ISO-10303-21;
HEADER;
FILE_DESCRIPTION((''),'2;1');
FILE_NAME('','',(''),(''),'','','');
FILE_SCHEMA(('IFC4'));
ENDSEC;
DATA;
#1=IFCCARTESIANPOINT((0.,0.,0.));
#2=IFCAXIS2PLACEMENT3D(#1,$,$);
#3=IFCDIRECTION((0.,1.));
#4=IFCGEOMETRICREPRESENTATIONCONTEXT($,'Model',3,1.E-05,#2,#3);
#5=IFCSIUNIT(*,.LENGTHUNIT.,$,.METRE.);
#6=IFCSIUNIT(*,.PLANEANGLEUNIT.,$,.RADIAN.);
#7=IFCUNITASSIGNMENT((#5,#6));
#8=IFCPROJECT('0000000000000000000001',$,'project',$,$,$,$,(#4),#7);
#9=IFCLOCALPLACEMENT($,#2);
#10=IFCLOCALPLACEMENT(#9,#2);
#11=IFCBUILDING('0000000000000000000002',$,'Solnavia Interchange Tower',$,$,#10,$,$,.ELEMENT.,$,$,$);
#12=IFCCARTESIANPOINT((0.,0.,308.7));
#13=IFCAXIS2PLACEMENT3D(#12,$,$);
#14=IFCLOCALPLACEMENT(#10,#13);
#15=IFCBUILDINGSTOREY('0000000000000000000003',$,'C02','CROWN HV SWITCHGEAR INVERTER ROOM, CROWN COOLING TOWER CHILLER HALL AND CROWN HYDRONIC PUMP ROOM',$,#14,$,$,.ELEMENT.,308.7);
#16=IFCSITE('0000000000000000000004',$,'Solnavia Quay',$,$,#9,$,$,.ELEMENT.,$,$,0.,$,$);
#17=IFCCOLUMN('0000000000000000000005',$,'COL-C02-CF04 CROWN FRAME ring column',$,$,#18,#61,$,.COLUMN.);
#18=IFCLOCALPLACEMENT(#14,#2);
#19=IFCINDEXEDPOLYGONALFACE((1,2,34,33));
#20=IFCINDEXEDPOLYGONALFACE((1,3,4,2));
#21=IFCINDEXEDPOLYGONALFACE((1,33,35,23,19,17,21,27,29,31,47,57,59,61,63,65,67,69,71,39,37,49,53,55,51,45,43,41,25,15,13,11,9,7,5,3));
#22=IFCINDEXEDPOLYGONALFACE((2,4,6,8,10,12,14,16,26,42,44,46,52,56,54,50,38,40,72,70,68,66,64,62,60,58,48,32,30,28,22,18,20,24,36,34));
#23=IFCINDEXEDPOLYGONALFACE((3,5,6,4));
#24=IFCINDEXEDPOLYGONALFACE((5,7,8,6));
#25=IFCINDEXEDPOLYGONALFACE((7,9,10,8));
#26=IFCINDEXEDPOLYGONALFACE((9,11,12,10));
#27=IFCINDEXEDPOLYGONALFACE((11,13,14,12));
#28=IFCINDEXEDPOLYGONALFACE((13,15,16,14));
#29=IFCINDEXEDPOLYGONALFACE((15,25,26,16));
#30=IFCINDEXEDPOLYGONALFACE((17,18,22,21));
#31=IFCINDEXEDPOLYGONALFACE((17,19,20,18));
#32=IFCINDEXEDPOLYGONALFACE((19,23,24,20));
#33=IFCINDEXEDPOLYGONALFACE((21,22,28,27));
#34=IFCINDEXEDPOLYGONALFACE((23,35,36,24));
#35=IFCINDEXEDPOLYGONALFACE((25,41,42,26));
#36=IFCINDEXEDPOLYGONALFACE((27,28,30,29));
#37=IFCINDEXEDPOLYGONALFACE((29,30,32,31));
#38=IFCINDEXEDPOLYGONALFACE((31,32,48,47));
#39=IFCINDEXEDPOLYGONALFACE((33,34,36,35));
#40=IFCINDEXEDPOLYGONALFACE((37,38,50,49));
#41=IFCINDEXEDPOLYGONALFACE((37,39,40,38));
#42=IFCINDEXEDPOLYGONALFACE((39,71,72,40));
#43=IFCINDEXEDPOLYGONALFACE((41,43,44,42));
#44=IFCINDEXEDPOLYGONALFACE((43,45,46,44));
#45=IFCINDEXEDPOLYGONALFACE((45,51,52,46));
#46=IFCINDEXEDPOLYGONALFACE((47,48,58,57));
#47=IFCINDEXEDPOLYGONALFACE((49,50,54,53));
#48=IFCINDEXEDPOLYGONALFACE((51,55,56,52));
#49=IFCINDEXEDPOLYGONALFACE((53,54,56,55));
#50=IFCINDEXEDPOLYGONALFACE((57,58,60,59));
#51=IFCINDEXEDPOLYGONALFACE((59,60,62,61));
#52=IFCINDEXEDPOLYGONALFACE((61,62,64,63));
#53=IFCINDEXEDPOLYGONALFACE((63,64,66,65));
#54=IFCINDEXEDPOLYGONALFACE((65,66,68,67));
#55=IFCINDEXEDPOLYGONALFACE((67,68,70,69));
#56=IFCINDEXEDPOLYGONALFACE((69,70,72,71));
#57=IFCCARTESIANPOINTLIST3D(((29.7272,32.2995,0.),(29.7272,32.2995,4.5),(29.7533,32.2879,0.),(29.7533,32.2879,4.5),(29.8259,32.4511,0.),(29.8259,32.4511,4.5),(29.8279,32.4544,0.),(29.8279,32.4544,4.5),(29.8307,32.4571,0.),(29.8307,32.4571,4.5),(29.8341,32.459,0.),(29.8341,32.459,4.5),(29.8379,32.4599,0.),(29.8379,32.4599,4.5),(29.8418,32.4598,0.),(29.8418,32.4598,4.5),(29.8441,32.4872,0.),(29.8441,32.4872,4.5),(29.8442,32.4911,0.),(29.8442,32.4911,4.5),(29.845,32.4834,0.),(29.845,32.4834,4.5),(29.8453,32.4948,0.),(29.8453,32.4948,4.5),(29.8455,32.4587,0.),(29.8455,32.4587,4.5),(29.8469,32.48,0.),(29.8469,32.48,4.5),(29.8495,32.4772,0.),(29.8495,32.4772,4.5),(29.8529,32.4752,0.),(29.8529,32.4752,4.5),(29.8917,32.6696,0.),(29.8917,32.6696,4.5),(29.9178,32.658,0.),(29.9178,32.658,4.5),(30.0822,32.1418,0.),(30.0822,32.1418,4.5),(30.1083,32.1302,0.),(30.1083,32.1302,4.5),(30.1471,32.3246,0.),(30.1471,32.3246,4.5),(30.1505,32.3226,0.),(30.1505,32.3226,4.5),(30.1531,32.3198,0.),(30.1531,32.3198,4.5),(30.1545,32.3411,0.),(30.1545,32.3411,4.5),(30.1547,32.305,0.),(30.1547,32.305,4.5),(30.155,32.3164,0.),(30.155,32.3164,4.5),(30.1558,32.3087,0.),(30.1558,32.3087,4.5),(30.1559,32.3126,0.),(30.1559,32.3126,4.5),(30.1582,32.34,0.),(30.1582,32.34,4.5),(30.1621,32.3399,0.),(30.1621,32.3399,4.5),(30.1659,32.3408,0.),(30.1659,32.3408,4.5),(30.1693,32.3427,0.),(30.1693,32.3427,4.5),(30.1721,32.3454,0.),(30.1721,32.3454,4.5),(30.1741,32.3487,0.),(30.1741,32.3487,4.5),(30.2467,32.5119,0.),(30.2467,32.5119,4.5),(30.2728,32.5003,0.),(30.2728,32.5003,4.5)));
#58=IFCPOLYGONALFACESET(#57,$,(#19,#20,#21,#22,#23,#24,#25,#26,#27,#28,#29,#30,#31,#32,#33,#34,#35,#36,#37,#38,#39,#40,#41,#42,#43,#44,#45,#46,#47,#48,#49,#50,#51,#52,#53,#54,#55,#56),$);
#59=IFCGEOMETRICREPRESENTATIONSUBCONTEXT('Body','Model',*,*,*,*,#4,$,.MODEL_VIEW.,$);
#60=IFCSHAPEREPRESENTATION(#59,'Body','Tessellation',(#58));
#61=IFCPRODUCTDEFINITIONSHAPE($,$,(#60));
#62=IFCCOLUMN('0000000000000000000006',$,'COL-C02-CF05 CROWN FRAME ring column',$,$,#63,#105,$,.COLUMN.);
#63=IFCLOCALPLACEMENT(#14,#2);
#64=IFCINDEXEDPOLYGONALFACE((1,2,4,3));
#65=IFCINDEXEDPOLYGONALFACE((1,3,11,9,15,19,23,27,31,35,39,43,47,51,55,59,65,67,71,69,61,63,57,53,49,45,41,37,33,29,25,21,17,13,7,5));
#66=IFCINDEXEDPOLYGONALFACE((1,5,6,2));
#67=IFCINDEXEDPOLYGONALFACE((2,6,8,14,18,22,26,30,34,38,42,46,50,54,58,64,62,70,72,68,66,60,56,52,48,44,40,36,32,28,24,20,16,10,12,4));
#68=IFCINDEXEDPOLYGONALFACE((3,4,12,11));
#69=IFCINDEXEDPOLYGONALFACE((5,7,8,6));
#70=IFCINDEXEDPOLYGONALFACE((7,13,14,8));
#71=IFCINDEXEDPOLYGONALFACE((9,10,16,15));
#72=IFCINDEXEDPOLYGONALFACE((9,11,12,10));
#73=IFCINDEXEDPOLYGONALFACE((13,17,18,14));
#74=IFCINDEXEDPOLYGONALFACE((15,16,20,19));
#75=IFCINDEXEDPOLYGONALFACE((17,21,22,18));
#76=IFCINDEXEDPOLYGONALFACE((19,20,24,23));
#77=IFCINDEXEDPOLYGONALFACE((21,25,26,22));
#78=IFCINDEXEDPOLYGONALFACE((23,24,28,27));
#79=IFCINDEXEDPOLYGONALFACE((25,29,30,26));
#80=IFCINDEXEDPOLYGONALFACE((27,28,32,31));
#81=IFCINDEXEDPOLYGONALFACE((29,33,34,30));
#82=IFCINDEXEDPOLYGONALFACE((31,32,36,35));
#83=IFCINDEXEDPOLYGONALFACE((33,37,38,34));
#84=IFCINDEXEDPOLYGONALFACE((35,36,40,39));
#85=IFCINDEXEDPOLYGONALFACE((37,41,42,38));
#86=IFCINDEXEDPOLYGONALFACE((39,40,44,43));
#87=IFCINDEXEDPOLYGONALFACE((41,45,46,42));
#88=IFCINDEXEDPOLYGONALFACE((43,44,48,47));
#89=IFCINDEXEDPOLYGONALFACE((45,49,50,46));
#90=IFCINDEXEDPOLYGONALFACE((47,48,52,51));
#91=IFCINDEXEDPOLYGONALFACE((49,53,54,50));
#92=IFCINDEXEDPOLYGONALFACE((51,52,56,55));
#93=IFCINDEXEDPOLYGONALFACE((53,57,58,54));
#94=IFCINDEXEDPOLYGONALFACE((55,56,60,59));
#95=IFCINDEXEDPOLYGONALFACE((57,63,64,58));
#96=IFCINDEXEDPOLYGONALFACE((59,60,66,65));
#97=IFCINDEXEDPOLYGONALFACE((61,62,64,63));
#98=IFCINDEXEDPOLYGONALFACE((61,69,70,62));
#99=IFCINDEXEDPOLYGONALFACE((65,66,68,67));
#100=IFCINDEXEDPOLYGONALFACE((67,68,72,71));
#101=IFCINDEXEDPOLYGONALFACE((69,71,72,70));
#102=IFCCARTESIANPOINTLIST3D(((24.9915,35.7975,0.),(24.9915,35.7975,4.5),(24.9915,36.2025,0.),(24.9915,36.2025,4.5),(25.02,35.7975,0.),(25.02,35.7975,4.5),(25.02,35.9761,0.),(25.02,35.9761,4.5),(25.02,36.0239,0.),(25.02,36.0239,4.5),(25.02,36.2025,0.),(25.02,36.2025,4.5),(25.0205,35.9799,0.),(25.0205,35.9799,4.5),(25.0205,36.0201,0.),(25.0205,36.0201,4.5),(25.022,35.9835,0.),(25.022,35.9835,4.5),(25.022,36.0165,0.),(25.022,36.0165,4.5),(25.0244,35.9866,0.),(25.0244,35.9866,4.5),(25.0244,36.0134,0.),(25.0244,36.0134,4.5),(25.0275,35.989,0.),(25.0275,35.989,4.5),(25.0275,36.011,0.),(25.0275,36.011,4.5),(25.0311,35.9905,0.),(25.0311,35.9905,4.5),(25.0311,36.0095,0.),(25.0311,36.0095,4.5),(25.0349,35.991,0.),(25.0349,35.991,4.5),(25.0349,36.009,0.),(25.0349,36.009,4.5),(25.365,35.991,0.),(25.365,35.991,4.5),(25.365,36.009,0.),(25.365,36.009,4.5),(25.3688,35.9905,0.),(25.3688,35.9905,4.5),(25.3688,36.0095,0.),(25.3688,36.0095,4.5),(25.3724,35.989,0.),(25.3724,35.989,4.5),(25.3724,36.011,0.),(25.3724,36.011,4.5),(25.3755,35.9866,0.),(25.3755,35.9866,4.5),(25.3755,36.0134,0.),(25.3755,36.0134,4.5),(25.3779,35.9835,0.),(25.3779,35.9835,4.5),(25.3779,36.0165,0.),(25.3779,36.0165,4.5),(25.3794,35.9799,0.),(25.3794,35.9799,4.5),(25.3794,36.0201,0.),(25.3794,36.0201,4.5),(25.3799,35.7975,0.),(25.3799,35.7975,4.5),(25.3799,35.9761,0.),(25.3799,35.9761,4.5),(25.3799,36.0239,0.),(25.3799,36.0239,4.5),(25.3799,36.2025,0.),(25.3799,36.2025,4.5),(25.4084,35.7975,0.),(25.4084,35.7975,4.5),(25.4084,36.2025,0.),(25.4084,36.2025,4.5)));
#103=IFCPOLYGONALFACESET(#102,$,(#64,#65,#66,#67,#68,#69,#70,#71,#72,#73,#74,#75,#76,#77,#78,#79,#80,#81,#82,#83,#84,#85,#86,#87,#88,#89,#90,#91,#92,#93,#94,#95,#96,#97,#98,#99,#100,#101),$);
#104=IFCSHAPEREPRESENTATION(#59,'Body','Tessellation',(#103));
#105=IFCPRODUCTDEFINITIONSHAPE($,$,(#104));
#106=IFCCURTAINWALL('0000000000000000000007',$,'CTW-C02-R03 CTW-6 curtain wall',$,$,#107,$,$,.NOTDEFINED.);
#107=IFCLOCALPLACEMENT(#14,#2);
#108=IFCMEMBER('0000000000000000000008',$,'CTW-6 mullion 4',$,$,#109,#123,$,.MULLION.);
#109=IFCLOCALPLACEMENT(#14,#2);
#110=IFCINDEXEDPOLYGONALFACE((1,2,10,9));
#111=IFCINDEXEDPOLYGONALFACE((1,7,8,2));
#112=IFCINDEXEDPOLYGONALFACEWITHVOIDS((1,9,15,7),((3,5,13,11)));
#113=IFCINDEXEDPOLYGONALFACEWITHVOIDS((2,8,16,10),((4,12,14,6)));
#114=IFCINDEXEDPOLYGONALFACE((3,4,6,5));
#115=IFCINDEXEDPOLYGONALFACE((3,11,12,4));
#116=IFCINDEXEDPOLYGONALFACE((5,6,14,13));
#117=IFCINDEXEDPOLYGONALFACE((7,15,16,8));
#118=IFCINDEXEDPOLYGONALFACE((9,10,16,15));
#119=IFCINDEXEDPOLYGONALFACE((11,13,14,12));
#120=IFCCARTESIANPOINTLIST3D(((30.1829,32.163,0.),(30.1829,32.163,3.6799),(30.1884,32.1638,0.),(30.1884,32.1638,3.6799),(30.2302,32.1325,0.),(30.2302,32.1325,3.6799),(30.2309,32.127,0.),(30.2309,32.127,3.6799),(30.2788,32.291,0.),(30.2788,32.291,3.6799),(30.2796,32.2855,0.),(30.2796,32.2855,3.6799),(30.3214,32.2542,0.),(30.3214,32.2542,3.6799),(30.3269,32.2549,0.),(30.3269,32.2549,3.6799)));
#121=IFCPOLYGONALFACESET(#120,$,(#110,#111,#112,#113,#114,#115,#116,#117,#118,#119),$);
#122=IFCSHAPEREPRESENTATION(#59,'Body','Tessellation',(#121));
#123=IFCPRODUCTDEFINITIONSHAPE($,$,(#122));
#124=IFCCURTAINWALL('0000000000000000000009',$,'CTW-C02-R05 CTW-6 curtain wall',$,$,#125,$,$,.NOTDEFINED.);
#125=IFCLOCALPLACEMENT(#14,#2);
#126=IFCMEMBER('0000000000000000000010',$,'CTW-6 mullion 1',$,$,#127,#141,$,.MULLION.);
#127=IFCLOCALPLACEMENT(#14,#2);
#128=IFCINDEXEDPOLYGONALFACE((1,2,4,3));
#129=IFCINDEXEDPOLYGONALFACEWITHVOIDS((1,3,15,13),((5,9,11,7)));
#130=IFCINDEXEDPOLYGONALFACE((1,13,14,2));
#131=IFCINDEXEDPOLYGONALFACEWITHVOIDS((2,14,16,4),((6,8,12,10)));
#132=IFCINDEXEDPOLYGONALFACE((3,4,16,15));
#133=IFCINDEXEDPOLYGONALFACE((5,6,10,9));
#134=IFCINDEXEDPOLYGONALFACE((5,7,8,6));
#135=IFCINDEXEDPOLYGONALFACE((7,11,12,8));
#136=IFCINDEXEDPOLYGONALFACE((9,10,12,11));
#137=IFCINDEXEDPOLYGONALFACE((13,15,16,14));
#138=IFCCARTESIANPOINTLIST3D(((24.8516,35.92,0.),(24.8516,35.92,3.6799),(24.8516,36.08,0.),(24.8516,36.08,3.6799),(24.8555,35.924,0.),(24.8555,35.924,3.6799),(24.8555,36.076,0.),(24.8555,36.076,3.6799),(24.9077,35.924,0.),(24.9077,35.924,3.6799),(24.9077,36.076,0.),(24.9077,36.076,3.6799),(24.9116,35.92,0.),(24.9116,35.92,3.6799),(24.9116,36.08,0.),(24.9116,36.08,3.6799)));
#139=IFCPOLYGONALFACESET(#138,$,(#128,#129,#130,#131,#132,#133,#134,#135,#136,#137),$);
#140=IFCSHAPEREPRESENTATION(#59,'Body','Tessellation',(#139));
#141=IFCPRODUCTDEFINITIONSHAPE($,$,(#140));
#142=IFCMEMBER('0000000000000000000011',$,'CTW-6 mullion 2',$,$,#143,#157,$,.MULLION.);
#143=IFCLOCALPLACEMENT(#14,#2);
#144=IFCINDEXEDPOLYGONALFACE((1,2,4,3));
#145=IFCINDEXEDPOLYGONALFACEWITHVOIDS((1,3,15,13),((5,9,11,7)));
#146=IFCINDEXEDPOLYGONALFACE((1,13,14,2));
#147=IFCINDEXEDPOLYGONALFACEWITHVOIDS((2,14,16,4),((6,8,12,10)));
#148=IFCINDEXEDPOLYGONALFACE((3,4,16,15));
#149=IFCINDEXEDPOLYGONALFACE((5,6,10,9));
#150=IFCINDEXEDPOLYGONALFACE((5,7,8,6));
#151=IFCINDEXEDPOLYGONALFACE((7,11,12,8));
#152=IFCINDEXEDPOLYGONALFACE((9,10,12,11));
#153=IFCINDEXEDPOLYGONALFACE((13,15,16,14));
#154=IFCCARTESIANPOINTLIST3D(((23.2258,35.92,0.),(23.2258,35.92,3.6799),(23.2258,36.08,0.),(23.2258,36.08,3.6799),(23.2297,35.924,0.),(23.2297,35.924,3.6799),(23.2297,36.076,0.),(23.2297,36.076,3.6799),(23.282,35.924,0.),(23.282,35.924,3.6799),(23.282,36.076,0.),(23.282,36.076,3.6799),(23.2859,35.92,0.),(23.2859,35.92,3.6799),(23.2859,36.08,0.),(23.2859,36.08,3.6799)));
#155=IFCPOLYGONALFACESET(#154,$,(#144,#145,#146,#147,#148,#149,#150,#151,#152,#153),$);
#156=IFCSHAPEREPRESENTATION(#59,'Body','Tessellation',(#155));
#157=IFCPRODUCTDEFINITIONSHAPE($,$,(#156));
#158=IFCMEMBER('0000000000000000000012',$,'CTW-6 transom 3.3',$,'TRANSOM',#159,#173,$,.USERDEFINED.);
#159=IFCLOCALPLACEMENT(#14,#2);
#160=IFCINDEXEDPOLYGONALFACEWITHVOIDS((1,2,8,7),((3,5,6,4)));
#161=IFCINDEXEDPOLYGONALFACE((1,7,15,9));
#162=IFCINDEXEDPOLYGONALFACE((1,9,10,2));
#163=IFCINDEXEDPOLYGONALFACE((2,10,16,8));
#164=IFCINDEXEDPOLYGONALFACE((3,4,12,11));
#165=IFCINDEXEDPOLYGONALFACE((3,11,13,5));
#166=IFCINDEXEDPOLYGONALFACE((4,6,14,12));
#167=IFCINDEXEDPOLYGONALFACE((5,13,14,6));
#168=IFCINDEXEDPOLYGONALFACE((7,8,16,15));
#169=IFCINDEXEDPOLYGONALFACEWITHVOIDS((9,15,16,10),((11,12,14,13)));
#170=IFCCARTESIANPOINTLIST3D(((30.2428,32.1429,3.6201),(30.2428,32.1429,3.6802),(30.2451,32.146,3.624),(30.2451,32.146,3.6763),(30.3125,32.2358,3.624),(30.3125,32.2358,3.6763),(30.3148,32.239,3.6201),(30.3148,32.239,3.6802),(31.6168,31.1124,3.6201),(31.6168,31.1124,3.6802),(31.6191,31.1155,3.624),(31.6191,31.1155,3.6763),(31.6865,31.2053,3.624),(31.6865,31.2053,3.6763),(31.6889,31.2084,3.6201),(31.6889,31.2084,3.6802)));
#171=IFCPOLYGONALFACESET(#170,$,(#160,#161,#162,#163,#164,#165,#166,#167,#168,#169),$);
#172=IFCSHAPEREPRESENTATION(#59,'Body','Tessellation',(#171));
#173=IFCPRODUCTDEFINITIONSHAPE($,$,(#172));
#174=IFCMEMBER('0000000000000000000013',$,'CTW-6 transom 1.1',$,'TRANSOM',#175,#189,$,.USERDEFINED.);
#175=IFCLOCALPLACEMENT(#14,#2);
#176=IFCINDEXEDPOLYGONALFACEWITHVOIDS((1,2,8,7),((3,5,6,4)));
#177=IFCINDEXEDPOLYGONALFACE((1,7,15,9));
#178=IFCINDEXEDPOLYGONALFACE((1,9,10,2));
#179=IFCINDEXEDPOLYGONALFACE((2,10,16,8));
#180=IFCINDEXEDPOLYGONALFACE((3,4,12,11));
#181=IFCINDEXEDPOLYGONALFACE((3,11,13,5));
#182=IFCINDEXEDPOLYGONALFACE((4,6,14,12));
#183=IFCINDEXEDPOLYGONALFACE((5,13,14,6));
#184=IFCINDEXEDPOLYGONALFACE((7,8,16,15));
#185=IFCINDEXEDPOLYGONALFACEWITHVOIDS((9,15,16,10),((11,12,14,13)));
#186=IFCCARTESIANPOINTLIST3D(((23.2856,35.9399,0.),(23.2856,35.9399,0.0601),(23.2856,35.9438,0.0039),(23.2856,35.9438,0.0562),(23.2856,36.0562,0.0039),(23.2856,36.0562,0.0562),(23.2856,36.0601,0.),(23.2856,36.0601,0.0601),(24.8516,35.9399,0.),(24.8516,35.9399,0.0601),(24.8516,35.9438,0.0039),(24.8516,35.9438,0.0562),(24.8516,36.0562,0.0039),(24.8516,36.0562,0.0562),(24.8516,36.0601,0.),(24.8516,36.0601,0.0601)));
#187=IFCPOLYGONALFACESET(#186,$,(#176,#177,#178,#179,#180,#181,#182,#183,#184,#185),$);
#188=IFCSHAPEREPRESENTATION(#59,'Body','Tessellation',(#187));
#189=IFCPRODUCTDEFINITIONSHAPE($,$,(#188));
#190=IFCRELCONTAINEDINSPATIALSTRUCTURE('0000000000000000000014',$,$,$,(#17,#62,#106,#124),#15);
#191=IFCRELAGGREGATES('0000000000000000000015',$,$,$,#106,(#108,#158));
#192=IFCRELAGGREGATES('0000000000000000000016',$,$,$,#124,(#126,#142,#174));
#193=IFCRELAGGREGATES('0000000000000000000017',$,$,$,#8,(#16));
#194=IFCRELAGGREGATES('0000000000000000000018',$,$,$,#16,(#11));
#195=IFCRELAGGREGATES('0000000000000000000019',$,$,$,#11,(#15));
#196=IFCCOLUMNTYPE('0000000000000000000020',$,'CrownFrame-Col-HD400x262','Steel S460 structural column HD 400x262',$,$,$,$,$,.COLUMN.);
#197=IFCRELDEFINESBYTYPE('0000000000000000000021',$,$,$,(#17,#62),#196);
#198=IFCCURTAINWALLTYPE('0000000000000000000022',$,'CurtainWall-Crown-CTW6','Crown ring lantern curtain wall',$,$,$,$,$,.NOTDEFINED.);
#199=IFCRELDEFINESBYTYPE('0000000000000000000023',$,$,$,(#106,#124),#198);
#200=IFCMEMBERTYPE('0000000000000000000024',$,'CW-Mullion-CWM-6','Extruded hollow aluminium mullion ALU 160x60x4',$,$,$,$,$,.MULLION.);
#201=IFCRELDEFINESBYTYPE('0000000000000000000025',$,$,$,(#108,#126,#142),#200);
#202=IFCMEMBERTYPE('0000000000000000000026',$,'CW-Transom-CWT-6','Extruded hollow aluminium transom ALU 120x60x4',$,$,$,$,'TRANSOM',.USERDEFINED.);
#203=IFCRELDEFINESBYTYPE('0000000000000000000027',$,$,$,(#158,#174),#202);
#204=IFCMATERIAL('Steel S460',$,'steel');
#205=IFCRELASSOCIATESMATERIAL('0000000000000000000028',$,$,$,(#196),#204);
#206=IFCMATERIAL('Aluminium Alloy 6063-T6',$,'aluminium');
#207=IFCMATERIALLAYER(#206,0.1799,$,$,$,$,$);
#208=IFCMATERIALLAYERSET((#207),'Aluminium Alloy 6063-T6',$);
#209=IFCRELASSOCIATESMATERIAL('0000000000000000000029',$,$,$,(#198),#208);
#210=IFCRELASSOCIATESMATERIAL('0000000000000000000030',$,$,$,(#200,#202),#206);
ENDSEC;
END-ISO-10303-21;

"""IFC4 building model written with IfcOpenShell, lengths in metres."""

from ifc_helpers import new_model, si_unit, direction, frame, origin, origin_2d, place, context, subcontext, project, spatial, hollow_rectangle, i_section, extrude, material, layer, layer_set, material_profile, profile_set, type_object, element, aggregate, save


model = new_model("IFC4")

# Units and contexts
model_context = context("Model", 3, precision=1e-05, world=origin(), true_north=direction((0.0, 1.0)))
body_context = subcontext(model_context, "Body", "Model", "MODEL_VIEW")
ifc_project = project(units=[si_unit("LENGTHUNIT", "METRE"), si_unit("PLANEANGLEUNIT", "RADIAN")], contexts=[model_context])

# Site, building, storey
site_placement = place(None, origin())
site = spatial("IfcSite", under=ifc_project, at=site_placement, Name="Solnavia Quay", CompositionType="ELEMENT", RefElevation=0.0)
building_placement = place(site_placement, origin())
building = spatial("IfcBuilding", under=site, at=building_placement, Name="Solnavia Interchange Tower", CompositionType="ELEMENT")
storey_placement = place(building_placement, frame((0.0, 0.0, 308.7)))
storey = spatial("IfcBuildingStorey", under=building, at=storey_placement, Name="C02", Description="CROWN HV SWITCHGEAR INVERTER ROOM, CROWN COOLING TOWER CHILLER HALL AND CROWN HYDRONIC PUMP ROOM", CompositionType="ELEMENT", Elevation=308.7)

# Columns
ifc_material_1 = material(Name="Steel S460", Category="steel")
ifc_material_profile_1 = material_profile(ifc_material_1, i_section(OverallWidth=0.405, OverallDepth=0.417, WebThickness=0.0181, FlangeThickness=0.0286, FilletRadius=0.0149, at=origin_2d()), Name="HD 400x262")
ifc_profile_set_1 = profile_set([ifc_material_profile_1], Name="Steel S460")
column_type = type_object("IfcColumnType", Name="CrownFrame-Col-HD400x262", Description="Steel S460 structural column HD 400x262", PredefinedType="COLUMN", material=ifc_profile_set_1)
for number, where, z_axis, x_axis, name in (
    (1, (30.0, 32.3999, 0.0), (0.0, 0.0, 1.0), (0.406099, 0.913829, 0.0), "COL-C02-CF04 CROWN FRAME ring column"),
    (2, (25.2, 36.0, 0.0), (0.0, 0.0, 1.0), (0.0, 1.0, 0.0), "COL-C02-CF05 CROWN FRAME ring column"),
):
    element("IfcColumn", number, at=place(storey_placement, frame(where, z_axis=z_axis, x_axis=x_axis)), inside=storey, type_object=column_type, Name=name, PredefinedType="COLUMN", context=body_context, shape_type="SweptSolid", body=[
        extrude(i_section(OverallWidth=0.405, OverallDepth=0.417, WebThickness=0.0181, FlangeThickness=0.0286, FilletRadius=0.0149, at=origin_2d()), origin(), (0.0, 0.0, 1.0), 4.5),
    ])

# Curtain wall, member
ifc_material_2 = material(Name="Aluminium Alloy 6063-T6", Category="aluminium")
ifc_layer_1 = layer(ifc_material_2, 0.1799)
ifc_layer_set_1 = layer_set([ifc_layer_1], Name="Aluminium Alloy 6063-T6")
curtain_wall_type = type_object("IfcCurtainWallType", Name="CurtainWall-Crown-CTW6", Description="Crown ring lantern curtain wall", PredefinedType="NOTDEFINED", material=ifc_layer_set_1)
curtain_wall_1_placement = place(storey_placement, origin())
curtain_wall_1 = element("IfcCurtainWall", 3, at=curtain_wall_1_placement, inside=storey, type_object=curtain_wall_type, Name="CTW-C02-R03 CTW-6 curtain wall", PredefinedType="NOTDEFINED")
ifc_material_profile_2 = material_profile(ifc_material_2, hollow_rectangle(XDim=0.0601, YDim=0.1599, WallThickness=0.0039, at=origin_2d()), Name="ALU 160x60x4")
ifc_profile_set_2 = profile_set([ifc_material_profile_2], Name="Aluminium Alloy 6063-T6")
member_type_1 = type_object("IfcMemberType", Name="CW-Mullion-CWM-6", Description="Extruded hollow aluminium mullion ALU 160x60x4", PredefinedType="MULLION", material=ifc_profile_set_2)
member_1_placement = place(storey_placement, frame((30.2549, 32.209, 0.0), z_axis=(0.0, 0.0, 1.0), x_axis=(-0.8, 0.6, 0.0)))
member_1 = element("IfcMember", 4, at=member_1_placement, type_object=member_type_1, Name="CTW-6 mullion 4", PredefinedType="MULLION", context=body_context, shape_type="SweptSolid", body=[
    extrude(hollow_rectangle(XDim=0.0601, YDim=0.1599, WallThickness=0.0039, at=origin_2d()), origin(), (0.0, 0.0, 1.0), 3.6799),
])

# Curtain wall, members
curtain_wall_2_placement = place(storey_placement, origin())
curtain_wall_2 = element("IfcCurtainWall", 5, at=curtain_wall_2_placement, inside=storey, type_object=curtain_wall_type, Name="CTW-C02-R05 CTW-6 curtain wall", PredefinedType="NOTDEFINED")
member_2_placement = place(storey_placement, frame((24.8816, 36.0, 0.0), z_axis=(0.0, 0.0, 1.0), x_axis=(-1.0, 0.0, 0.0)))
member_2 = element("IfcMember", 6, at=member_2_placement, type_object=member_type_1, Name="CTW-6 mullion 1", PredefinedType="MULLION", context=body_context, shape_type="SweptSolid", body=[
    extrude(hollow_rectangle(XDim=0.0601, YDim=0.1599, WallThickness=0.0039, at=origin_2d()), origin(), (0.0, 0.0, 1.0), 3.6799),
])
member_3_placement = place(storey_placement, frame((23.2559, 36.0, 0.0), z_axis=(0.0, 0.0, 1.0), x_axis=(-1.0, 0.0, 0.0)))
member_3 = element("IfcMember", 7, at=member_3_placement, type_object=member_type_1, Name="CTW-6 mullion 2", PredefinedType="MULLION", context=body_context, shape_type="SweptSolid", body=[
    extrude(hollow_rectangle(XDim=0.0601, YDim=0.1599, WallThickness=0.0039, at=origin_2d()), origin(), (0.0, 0.0, 1.0), 3.6799),
])

# Members
ifc_material_profile_3 = material_profile(ifc_material_2, hollow_rectangle(XDim=0.0601, YDim=0.1201, WallThickness=0.0039, at=origin_2d()), Name="ALU 120x60x4")
ifc_profile_set_3 = profile_set([ifc_material_profile_3], Name="Aluminium Alloy 6063-T6")
member_type_2 = type_object("IfcMemberType", Name="CW-Transom-CWT-6", Description="Extruded hollow aluminium transom ALU 120x60x4", ElementType="TRANSOM", PredefinedType="USERDEFINED", material=ifc_profile_set_3)
member_4_placement = place(storey_placement, frame((31.6528, 31.1604, 3.6501), z_axis=(-0.8, 0.6, 0.0), x_axis=(0.0, 0.0, 1.0)))
member_4 = element("IfcMember", 8, at=member_4_placement, type_object=member_type_2, Name="CTW-6 transom 3.3", ObjectType="TRANSOM", PredefinedType="USERDEFINED", context=body_context, shape_type="SweptSolid", body=[
    extrude(hollow_rectangle(XDim=0.0601, YDim=0.1201, WallThickness=0.0039, at=origin_2d()), origin(), (0.0, 0.0, 1.0), 1.7175),
])
member_5_placement = place(storey_placement, frame((24.8516, 36.0, 0.03), z_axis=(-1.0, 0.0, 0.0), x_axis=(0.0, 0.0, 1.0)))
member_5 = element("IfcMember", 9, at=member_5_placement, type_object=member_type_2, Name="CTW-6 transom 1.1", ObjectType="TRANSOM", PredefinedType="USERDEFINED", context=body_context, shape_type="SweptSolid", body=[
    extrude(hollow_rectangle(XDim=0.0601, YDim=0.1201, WallThickness=0.0039, at=origin_2d()), origin(), (0.0, 0.0, 1.0), 1.5659),
])

aggregate(curtain_wall_1, [member_1, member_4])
aggregate(curtain_wall_2, [member_2, member_3, member_5])

save(model, "model.ifc")
